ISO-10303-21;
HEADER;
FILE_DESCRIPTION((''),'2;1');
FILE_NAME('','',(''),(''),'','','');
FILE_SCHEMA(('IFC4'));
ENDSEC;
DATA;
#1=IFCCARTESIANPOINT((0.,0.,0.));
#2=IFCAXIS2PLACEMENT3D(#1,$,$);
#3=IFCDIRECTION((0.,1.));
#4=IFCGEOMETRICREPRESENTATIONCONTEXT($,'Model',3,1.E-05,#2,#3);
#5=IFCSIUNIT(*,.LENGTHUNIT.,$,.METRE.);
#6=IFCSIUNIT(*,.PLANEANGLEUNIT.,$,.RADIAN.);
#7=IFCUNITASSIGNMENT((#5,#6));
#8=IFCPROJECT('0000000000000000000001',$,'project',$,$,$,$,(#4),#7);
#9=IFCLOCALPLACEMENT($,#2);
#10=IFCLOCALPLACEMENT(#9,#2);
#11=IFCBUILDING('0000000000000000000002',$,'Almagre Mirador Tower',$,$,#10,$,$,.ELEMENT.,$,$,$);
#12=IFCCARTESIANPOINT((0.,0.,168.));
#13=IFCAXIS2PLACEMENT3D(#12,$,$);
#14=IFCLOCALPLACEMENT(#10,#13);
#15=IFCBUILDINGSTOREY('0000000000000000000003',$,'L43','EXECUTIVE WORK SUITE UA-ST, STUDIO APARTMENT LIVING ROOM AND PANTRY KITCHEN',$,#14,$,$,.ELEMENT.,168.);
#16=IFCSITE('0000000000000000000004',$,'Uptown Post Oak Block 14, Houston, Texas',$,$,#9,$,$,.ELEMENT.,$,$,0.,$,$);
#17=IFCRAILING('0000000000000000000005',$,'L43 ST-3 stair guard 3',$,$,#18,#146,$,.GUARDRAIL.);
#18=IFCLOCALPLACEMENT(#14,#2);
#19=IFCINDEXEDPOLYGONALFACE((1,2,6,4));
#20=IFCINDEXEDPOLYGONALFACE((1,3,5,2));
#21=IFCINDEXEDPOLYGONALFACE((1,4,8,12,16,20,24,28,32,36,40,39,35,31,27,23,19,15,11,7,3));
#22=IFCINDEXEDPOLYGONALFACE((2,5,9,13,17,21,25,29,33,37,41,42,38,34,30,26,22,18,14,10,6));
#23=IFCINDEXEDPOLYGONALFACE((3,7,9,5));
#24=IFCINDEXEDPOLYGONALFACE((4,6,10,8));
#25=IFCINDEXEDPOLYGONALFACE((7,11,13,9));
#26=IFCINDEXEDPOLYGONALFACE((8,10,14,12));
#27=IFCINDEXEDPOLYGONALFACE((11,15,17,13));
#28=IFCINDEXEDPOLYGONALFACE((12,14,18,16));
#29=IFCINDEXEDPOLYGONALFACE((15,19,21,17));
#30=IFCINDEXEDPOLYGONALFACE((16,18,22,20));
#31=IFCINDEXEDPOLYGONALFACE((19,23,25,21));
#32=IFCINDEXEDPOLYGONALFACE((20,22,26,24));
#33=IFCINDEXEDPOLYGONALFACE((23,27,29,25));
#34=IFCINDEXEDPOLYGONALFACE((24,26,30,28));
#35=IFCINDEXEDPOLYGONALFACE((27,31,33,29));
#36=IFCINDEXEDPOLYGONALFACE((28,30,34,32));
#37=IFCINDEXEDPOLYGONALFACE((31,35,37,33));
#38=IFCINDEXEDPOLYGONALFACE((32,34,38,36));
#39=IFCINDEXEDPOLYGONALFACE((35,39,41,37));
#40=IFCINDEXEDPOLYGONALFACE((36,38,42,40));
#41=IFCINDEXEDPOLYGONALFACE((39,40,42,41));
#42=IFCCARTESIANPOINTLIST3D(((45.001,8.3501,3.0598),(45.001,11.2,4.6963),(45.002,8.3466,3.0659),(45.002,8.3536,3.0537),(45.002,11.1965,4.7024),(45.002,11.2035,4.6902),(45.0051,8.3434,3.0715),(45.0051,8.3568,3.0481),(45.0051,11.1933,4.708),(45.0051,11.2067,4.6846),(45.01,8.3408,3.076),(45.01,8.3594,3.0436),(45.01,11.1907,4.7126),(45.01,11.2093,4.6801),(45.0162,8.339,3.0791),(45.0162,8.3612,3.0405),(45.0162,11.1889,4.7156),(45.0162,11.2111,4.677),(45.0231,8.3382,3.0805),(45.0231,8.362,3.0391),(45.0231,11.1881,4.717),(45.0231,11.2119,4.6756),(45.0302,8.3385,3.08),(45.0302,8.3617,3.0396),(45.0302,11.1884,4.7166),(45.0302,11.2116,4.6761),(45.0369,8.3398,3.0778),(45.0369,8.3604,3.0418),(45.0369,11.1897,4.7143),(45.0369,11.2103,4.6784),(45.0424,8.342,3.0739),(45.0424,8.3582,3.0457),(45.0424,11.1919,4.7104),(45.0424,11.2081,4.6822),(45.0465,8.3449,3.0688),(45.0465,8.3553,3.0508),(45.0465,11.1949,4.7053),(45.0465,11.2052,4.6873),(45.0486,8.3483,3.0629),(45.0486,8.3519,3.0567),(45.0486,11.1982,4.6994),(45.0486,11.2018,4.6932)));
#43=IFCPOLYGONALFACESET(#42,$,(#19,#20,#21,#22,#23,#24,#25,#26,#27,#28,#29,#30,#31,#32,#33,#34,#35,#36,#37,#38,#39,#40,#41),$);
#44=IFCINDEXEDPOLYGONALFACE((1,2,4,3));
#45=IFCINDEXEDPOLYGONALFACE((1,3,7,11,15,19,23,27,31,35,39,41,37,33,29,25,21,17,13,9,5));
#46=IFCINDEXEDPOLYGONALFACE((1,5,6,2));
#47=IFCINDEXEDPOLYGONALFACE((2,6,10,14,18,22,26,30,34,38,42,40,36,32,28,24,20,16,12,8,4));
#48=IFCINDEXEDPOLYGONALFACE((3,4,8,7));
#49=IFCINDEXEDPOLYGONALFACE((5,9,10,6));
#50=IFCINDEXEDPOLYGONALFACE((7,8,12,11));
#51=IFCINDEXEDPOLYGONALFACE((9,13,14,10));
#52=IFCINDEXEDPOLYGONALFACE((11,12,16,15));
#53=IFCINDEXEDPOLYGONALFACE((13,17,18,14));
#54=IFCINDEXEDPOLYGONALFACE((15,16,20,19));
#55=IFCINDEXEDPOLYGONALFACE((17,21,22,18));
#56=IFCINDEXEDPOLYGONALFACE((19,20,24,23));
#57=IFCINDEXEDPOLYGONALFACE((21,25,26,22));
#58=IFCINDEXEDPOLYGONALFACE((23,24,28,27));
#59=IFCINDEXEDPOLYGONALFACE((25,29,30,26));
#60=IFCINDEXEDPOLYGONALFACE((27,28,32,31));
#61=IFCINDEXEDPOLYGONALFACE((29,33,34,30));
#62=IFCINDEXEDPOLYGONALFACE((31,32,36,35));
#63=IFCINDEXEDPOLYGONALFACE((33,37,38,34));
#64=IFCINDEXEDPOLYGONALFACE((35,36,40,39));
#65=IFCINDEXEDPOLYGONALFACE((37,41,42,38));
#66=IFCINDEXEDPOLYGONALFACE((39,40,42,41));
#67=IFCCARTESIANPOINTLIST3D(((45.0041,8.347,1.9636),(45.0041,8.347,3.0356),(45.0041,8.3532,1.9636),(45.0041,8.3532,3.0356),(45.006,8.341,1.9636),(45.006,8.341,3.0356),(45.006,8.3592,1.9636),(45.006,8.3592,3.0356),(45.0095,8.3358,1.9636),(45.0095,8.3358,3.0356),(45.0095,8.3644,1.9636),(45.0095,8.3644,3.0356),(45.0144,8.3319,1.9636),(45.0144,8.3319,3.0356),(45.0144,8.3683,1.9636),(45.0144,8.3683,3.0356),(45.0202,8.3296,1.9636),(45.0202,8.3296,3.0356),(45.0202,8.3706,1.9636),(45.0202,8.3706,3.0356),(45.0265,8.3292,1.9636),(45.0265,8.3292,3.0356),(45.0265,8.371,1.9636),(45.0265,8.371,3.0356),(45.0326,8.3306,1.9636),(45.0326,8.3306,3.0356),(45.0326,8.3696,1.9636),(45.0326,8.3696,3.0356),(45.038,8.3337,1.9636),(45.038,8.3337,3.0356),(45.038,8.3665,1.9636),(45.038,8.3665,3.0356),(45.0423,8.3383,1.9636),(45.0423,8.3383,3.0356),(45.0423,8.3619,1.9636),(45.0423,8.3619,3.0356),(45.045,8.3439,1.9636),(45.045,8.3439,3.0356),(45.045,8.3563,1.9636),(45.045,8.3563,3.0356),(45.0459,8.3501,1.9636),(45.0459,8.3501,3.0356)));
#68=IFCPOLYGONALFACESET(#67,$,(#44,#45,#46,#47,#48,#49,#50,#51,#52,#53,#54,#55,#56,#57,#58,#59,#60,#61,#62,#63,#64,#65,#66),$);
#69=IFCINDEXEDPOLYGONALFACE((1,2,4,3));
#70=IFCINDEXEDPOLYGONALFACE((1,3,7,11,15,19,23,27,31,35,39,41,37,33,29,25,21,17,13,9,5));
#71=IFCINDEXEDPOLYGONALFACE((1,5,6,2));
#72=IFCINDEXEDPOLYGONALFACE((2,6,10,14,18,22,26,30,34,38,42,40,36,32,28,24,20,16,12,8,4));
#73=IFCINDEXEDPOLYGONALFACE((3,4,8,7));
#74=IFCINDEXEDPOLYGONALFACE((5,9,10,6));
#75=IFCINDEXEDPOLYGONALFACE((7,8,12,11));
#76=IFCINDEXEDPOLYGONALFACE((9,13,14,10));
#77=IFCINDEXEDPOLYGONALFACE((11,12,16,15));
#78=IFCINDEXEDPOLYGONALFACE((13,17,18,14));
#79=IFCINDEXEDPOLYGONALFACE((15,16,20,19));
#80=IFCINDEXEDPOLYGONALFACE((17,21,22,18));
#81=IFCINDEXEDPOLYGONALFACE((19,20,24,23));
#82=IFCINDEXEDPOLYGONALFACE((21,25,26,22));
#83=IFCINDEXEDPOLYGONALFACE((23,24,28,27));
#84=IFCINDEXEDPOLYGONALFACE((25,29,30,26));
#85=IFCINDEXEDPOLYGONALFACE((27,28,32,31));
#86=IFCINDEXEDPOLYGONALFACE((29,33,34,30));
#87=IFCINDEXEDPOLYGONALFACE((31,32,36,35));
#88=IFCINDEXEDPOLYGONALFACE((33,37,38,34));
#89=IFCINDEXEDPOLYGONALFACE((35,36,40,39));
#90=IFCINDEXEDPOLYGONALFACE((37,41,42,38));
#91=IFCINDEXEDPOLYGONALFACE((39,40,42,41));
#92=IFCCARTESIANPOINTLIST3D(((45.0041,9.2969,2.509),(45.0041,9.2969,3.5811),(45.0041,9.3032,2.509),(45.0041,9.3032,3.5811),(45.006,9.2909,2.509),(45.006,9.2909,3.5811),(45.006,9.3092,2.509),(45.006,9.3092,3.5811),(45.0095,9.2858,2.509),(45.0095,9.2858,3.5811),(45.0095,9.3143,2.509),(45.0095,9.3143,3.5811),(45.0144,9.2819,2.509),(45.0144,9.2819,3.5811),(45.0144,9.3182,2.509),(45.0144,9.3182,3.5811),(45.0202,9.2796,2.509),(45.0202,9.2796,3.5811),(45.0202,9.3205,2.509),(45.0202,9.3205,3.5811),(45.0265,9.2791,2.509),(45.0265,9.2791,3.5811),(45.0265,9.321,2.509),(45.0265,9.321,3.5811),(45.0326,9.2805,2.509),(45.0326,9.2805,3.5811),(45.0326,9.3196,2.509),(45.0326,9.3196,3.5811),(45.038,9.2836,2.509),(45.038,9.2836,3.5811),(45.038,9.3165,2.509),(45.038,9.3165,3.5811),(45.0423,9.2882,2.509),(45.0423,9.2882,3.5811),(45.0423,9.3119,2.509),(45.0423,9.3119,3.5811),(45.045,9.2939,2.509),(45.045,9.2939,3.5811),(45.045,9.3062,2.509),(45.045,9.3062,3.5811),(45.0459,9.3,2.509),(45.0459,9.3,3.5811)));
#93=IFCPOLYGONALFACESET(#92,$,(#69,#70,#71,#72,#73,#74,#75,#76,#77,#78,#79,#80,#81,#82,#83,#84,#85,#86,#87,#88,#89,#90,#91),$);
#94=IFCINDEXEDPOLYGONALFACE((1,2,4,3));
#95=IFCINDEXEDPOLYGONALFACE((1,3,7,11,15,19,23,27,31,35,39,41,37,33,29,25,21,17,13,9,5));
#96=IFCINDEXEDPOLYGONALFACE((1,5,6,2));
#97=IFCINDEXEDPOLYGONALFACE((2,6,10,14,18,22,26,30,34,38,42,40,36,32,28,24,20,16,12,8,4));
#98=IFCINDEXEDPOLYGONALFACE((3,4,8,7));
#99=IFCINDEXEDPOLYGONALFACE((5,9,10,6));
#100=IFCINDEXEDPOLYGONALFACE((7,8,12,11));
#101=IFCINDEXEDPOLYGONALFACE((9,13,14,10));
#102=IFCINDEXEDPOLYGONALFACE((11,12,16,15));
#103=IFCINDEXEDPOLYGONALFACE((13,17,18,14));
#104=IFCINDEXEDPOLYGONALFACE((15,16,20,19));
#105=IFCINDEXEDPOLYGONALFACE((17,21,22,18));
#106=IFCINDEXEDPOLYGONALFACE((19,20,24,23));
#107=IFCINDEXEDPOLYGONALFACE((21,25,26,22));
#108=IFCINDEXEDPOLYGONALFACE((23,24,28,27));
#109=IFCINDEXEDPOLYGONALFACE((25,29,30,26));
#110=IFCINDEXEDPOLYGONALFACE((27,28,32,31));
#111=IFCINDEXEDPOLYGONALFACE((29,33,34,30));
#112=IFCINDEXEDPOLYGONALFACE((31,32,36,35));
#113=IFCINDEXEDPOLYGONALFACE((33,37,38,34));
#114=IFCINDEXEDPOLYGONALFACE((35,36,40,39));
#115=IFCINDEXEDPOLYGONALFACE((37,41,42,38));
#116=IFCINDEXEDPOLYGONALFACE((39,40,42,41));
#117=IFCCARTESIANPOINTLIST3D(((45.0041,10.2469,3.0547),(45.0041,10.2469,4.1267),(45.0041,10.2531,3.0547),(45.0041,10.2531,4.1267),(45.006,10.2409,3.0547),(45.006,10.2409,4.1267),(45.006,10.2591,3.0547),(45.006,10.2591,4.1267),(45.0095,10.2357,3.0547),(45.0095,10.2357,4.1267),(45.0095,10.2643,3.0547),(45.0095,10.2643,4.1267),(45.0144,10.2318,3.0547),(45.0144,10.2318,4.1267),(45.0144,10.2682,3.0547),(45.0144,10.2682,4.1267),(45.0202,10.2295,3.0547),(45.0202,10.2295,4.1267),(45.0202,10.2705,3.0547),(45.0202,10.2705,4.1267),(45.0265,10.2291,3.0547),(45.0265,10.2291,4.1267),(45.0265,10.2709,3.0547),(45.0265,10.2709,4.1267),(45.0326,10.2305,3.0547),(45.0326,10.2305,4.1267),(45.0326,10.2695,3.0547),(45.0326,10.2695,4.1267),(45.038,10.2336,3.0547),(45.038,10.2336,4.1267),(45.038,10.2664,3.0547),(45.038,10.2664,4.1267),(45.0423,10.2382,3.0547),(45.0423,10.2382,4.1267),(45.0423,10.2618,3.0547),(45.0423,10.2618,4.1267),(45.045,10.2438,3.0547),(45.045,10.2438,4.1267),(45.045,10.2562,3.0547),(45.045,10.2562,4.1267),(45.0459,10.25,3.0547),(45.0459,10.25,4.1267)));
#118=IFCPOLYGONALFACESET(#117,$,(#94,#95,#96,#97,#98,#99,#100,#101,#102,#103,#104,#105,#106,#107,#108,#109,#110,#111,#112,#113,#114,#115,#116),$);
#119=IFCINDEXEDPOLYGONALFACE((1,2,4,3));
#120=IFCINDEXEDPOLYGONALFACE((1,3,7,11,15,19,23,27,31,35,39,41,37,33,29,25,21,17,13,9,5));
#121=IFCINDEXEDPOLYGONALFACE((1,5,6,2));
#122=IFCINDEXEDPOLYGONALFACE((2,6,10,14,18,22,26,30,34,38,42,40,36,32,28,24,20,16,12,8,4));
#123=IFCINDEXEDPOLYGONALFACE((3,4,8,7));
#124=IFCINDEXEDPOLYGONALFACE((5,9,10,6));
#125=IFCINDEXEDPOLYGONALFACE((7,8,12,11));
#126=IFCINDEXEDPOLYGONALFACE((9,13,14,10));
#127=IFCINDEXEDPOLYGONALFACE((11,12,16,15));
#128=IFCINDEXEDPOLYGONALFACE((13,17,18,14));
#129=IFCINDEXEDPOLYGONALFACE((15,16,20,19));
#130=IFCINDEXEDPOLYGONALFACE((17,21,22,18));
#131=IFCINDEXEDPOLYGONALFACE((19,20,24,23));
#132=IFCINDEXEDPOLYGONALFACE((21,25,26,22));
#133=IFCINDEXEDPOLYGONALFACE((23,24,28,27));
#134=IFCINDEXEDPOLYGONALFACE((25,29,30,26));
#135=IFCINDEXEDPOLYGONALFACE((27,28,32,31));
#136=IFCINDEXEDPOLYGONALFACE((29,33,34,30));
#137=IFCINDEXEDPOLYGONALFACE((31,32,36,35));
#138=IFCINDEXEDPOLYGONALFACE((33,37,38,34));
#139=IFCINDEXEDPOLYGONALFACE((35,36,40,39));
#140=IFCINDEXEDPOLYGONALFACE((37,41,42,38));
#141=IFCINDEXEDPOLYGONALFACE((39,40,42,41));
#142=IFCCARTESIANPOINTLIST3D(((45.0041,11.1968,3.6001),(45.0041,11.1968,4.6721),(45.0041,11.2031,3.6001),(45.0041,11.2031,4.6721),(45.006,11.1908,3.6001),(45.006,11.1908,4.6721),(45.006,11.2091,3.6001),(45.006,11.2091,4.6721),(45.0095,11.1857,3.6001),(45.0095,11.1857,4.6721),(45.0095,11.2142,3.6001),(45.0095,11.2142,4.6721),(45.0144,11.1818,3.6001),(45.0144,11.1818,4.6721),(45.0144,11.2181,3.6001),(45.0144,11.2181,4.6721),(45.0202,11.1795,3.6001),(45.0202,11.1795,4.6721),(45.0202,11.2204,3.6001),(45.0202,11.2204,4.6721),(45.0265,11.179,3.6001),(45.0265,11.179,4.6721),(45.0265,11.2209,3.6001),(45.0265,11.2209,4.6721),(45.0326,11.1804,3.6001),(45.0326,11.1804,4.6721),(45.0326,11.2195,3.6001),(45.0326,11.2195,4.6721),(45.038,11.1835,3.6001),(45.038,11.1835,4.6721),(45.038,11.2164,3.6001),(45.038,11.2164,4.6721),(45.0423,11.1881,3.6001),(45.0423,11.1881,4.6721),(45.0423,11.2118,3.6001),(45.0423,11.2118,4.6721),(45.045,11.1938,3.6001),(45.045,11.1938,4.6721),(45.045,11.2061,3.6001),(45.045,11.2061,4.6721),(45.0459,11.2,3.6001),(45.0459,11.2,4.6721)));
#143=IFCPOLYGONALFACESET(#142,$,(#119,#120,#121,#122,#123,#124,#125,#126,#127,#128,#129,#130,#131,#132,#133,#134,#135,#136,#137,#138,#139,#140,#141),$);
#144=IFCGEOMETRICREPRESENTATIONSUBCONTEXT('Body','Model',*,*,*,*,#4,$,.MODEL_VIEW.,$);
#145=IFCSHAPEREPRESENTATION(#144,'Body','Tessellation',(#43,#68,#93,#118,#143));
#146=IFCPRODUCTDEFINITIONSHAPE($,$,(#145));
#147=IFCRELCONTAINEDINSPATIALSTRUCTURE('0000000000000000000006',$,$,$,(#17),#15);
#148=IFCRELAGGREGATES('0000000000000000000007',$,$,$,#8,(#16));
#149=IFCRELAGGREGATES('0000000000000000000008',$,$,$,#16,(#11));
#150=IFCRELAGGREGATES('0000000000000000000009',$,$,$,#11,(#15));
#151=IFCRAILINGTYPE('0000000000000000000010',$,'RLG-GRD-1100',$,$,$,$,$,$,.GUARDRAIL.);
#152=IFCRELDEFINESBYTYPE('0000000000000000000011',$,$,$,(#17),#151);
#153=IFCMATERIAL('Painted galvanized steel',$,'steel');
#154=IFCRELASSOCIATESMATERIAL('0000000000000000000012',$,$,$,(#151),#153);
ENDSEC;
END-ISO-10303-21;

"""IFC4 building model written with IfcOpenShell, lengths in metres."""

from ifc_helpers import new_model, si_unit, direction, frame, origin, origin_2d, place, context, subcontext, project, spatial, circle, extrude, material, type_object, element, save


model = new_model("IFC4")

# Units and contexts
model_context = context("Model", 3, precision=1e-05, world=origin(), true_north=direction((0.0, 1.0)))
body_context = subcontext(model_context, "Body", "Model", "MODEL_VIEW")
ifc_project = project(units=[si_unit("LENGTHUNIT", "METRE"), si_unit("PLANEANGLEUNIT", "RADIAN")], contexts=[model_context])

# Site, building, storey
site_placement = place(None, origin())
site = spatial("IfcSite", under=ifc_project, at=site_placement, Name="Uptown Post Oak Block 14, Houston, Texas", CompositionType="ELEMENT", RefElevation=0.0)
building_placement = place(site_placement, origin())
building = spatial("IfcBuilding", under=site, at=building_placement, Name="Almagre Mirador Tower", CompositionType="ELEMENT")
storey_placement = place(building_placement, frame((0.0, 0.0, 168.0)))
storey = spatial("IfcBuildingStorey", under=building, at=storey_placement, Name="L43", Description="EXECUTIVE WORK SUITE UA-ST, STUDIO APARTMENT LIVING ROOM AND PANTRY KITCHEN", CompositionType="ELEMENT", Elevation=168.0)

# Railing
ifc_material_1 = material(Name="Painted galvanized steel", Category="steel")
railing_type_1 = type_object("IfcRailingType", Name="RLG-GRD-1100", PredefinedType="GUARDRAIL", material=ifc_material_1)
railing_1_placement = place(storey_placement, frame((45.0249, 8.3501, 1.9636)))
element("IfcRailing", 1, at=railing_1_placement, inside=storey, type_object=railing_type_1, Name="L43 ST-3 stair guard 3", PredefinedType="GUARDRAIL", context=body_context, shape_type="SweptSolid", body=[
    extrude(circle(Radius=0.0239, at=origin_2d()), frame((0.0, 0.0, 1.0962), z_axis=(0.0, 0.867194, 0.49797), x_axis=(-1.0, 0.0, 0.0)), (0.0, 0.0, 1.0), 3.2864),
    extrude(circle(Radius=0.021, at=origin_2d()), origin(), (0.0, 0.0, 1.0), 1.072),
    extrude(circle(Radius=0.021, at=origin_2d()), frame((0.0, 0.95, 0.5454)), (0.0, 0.0, 1.0), 1.072),
    extrude(circle(Radius=0.021, at=origin_2d()), frame((0.0, 1.8999, 1.0911)), (0.0, 0.0, 1.0), 1.072),
    extrude(circle(Radius=0.021, at=origin_2d()), frame((0.0, 2.8499, 1.6365)), (0.0, 0.0, 1.0), 1.072),
])

save(model, "model.ifc")
